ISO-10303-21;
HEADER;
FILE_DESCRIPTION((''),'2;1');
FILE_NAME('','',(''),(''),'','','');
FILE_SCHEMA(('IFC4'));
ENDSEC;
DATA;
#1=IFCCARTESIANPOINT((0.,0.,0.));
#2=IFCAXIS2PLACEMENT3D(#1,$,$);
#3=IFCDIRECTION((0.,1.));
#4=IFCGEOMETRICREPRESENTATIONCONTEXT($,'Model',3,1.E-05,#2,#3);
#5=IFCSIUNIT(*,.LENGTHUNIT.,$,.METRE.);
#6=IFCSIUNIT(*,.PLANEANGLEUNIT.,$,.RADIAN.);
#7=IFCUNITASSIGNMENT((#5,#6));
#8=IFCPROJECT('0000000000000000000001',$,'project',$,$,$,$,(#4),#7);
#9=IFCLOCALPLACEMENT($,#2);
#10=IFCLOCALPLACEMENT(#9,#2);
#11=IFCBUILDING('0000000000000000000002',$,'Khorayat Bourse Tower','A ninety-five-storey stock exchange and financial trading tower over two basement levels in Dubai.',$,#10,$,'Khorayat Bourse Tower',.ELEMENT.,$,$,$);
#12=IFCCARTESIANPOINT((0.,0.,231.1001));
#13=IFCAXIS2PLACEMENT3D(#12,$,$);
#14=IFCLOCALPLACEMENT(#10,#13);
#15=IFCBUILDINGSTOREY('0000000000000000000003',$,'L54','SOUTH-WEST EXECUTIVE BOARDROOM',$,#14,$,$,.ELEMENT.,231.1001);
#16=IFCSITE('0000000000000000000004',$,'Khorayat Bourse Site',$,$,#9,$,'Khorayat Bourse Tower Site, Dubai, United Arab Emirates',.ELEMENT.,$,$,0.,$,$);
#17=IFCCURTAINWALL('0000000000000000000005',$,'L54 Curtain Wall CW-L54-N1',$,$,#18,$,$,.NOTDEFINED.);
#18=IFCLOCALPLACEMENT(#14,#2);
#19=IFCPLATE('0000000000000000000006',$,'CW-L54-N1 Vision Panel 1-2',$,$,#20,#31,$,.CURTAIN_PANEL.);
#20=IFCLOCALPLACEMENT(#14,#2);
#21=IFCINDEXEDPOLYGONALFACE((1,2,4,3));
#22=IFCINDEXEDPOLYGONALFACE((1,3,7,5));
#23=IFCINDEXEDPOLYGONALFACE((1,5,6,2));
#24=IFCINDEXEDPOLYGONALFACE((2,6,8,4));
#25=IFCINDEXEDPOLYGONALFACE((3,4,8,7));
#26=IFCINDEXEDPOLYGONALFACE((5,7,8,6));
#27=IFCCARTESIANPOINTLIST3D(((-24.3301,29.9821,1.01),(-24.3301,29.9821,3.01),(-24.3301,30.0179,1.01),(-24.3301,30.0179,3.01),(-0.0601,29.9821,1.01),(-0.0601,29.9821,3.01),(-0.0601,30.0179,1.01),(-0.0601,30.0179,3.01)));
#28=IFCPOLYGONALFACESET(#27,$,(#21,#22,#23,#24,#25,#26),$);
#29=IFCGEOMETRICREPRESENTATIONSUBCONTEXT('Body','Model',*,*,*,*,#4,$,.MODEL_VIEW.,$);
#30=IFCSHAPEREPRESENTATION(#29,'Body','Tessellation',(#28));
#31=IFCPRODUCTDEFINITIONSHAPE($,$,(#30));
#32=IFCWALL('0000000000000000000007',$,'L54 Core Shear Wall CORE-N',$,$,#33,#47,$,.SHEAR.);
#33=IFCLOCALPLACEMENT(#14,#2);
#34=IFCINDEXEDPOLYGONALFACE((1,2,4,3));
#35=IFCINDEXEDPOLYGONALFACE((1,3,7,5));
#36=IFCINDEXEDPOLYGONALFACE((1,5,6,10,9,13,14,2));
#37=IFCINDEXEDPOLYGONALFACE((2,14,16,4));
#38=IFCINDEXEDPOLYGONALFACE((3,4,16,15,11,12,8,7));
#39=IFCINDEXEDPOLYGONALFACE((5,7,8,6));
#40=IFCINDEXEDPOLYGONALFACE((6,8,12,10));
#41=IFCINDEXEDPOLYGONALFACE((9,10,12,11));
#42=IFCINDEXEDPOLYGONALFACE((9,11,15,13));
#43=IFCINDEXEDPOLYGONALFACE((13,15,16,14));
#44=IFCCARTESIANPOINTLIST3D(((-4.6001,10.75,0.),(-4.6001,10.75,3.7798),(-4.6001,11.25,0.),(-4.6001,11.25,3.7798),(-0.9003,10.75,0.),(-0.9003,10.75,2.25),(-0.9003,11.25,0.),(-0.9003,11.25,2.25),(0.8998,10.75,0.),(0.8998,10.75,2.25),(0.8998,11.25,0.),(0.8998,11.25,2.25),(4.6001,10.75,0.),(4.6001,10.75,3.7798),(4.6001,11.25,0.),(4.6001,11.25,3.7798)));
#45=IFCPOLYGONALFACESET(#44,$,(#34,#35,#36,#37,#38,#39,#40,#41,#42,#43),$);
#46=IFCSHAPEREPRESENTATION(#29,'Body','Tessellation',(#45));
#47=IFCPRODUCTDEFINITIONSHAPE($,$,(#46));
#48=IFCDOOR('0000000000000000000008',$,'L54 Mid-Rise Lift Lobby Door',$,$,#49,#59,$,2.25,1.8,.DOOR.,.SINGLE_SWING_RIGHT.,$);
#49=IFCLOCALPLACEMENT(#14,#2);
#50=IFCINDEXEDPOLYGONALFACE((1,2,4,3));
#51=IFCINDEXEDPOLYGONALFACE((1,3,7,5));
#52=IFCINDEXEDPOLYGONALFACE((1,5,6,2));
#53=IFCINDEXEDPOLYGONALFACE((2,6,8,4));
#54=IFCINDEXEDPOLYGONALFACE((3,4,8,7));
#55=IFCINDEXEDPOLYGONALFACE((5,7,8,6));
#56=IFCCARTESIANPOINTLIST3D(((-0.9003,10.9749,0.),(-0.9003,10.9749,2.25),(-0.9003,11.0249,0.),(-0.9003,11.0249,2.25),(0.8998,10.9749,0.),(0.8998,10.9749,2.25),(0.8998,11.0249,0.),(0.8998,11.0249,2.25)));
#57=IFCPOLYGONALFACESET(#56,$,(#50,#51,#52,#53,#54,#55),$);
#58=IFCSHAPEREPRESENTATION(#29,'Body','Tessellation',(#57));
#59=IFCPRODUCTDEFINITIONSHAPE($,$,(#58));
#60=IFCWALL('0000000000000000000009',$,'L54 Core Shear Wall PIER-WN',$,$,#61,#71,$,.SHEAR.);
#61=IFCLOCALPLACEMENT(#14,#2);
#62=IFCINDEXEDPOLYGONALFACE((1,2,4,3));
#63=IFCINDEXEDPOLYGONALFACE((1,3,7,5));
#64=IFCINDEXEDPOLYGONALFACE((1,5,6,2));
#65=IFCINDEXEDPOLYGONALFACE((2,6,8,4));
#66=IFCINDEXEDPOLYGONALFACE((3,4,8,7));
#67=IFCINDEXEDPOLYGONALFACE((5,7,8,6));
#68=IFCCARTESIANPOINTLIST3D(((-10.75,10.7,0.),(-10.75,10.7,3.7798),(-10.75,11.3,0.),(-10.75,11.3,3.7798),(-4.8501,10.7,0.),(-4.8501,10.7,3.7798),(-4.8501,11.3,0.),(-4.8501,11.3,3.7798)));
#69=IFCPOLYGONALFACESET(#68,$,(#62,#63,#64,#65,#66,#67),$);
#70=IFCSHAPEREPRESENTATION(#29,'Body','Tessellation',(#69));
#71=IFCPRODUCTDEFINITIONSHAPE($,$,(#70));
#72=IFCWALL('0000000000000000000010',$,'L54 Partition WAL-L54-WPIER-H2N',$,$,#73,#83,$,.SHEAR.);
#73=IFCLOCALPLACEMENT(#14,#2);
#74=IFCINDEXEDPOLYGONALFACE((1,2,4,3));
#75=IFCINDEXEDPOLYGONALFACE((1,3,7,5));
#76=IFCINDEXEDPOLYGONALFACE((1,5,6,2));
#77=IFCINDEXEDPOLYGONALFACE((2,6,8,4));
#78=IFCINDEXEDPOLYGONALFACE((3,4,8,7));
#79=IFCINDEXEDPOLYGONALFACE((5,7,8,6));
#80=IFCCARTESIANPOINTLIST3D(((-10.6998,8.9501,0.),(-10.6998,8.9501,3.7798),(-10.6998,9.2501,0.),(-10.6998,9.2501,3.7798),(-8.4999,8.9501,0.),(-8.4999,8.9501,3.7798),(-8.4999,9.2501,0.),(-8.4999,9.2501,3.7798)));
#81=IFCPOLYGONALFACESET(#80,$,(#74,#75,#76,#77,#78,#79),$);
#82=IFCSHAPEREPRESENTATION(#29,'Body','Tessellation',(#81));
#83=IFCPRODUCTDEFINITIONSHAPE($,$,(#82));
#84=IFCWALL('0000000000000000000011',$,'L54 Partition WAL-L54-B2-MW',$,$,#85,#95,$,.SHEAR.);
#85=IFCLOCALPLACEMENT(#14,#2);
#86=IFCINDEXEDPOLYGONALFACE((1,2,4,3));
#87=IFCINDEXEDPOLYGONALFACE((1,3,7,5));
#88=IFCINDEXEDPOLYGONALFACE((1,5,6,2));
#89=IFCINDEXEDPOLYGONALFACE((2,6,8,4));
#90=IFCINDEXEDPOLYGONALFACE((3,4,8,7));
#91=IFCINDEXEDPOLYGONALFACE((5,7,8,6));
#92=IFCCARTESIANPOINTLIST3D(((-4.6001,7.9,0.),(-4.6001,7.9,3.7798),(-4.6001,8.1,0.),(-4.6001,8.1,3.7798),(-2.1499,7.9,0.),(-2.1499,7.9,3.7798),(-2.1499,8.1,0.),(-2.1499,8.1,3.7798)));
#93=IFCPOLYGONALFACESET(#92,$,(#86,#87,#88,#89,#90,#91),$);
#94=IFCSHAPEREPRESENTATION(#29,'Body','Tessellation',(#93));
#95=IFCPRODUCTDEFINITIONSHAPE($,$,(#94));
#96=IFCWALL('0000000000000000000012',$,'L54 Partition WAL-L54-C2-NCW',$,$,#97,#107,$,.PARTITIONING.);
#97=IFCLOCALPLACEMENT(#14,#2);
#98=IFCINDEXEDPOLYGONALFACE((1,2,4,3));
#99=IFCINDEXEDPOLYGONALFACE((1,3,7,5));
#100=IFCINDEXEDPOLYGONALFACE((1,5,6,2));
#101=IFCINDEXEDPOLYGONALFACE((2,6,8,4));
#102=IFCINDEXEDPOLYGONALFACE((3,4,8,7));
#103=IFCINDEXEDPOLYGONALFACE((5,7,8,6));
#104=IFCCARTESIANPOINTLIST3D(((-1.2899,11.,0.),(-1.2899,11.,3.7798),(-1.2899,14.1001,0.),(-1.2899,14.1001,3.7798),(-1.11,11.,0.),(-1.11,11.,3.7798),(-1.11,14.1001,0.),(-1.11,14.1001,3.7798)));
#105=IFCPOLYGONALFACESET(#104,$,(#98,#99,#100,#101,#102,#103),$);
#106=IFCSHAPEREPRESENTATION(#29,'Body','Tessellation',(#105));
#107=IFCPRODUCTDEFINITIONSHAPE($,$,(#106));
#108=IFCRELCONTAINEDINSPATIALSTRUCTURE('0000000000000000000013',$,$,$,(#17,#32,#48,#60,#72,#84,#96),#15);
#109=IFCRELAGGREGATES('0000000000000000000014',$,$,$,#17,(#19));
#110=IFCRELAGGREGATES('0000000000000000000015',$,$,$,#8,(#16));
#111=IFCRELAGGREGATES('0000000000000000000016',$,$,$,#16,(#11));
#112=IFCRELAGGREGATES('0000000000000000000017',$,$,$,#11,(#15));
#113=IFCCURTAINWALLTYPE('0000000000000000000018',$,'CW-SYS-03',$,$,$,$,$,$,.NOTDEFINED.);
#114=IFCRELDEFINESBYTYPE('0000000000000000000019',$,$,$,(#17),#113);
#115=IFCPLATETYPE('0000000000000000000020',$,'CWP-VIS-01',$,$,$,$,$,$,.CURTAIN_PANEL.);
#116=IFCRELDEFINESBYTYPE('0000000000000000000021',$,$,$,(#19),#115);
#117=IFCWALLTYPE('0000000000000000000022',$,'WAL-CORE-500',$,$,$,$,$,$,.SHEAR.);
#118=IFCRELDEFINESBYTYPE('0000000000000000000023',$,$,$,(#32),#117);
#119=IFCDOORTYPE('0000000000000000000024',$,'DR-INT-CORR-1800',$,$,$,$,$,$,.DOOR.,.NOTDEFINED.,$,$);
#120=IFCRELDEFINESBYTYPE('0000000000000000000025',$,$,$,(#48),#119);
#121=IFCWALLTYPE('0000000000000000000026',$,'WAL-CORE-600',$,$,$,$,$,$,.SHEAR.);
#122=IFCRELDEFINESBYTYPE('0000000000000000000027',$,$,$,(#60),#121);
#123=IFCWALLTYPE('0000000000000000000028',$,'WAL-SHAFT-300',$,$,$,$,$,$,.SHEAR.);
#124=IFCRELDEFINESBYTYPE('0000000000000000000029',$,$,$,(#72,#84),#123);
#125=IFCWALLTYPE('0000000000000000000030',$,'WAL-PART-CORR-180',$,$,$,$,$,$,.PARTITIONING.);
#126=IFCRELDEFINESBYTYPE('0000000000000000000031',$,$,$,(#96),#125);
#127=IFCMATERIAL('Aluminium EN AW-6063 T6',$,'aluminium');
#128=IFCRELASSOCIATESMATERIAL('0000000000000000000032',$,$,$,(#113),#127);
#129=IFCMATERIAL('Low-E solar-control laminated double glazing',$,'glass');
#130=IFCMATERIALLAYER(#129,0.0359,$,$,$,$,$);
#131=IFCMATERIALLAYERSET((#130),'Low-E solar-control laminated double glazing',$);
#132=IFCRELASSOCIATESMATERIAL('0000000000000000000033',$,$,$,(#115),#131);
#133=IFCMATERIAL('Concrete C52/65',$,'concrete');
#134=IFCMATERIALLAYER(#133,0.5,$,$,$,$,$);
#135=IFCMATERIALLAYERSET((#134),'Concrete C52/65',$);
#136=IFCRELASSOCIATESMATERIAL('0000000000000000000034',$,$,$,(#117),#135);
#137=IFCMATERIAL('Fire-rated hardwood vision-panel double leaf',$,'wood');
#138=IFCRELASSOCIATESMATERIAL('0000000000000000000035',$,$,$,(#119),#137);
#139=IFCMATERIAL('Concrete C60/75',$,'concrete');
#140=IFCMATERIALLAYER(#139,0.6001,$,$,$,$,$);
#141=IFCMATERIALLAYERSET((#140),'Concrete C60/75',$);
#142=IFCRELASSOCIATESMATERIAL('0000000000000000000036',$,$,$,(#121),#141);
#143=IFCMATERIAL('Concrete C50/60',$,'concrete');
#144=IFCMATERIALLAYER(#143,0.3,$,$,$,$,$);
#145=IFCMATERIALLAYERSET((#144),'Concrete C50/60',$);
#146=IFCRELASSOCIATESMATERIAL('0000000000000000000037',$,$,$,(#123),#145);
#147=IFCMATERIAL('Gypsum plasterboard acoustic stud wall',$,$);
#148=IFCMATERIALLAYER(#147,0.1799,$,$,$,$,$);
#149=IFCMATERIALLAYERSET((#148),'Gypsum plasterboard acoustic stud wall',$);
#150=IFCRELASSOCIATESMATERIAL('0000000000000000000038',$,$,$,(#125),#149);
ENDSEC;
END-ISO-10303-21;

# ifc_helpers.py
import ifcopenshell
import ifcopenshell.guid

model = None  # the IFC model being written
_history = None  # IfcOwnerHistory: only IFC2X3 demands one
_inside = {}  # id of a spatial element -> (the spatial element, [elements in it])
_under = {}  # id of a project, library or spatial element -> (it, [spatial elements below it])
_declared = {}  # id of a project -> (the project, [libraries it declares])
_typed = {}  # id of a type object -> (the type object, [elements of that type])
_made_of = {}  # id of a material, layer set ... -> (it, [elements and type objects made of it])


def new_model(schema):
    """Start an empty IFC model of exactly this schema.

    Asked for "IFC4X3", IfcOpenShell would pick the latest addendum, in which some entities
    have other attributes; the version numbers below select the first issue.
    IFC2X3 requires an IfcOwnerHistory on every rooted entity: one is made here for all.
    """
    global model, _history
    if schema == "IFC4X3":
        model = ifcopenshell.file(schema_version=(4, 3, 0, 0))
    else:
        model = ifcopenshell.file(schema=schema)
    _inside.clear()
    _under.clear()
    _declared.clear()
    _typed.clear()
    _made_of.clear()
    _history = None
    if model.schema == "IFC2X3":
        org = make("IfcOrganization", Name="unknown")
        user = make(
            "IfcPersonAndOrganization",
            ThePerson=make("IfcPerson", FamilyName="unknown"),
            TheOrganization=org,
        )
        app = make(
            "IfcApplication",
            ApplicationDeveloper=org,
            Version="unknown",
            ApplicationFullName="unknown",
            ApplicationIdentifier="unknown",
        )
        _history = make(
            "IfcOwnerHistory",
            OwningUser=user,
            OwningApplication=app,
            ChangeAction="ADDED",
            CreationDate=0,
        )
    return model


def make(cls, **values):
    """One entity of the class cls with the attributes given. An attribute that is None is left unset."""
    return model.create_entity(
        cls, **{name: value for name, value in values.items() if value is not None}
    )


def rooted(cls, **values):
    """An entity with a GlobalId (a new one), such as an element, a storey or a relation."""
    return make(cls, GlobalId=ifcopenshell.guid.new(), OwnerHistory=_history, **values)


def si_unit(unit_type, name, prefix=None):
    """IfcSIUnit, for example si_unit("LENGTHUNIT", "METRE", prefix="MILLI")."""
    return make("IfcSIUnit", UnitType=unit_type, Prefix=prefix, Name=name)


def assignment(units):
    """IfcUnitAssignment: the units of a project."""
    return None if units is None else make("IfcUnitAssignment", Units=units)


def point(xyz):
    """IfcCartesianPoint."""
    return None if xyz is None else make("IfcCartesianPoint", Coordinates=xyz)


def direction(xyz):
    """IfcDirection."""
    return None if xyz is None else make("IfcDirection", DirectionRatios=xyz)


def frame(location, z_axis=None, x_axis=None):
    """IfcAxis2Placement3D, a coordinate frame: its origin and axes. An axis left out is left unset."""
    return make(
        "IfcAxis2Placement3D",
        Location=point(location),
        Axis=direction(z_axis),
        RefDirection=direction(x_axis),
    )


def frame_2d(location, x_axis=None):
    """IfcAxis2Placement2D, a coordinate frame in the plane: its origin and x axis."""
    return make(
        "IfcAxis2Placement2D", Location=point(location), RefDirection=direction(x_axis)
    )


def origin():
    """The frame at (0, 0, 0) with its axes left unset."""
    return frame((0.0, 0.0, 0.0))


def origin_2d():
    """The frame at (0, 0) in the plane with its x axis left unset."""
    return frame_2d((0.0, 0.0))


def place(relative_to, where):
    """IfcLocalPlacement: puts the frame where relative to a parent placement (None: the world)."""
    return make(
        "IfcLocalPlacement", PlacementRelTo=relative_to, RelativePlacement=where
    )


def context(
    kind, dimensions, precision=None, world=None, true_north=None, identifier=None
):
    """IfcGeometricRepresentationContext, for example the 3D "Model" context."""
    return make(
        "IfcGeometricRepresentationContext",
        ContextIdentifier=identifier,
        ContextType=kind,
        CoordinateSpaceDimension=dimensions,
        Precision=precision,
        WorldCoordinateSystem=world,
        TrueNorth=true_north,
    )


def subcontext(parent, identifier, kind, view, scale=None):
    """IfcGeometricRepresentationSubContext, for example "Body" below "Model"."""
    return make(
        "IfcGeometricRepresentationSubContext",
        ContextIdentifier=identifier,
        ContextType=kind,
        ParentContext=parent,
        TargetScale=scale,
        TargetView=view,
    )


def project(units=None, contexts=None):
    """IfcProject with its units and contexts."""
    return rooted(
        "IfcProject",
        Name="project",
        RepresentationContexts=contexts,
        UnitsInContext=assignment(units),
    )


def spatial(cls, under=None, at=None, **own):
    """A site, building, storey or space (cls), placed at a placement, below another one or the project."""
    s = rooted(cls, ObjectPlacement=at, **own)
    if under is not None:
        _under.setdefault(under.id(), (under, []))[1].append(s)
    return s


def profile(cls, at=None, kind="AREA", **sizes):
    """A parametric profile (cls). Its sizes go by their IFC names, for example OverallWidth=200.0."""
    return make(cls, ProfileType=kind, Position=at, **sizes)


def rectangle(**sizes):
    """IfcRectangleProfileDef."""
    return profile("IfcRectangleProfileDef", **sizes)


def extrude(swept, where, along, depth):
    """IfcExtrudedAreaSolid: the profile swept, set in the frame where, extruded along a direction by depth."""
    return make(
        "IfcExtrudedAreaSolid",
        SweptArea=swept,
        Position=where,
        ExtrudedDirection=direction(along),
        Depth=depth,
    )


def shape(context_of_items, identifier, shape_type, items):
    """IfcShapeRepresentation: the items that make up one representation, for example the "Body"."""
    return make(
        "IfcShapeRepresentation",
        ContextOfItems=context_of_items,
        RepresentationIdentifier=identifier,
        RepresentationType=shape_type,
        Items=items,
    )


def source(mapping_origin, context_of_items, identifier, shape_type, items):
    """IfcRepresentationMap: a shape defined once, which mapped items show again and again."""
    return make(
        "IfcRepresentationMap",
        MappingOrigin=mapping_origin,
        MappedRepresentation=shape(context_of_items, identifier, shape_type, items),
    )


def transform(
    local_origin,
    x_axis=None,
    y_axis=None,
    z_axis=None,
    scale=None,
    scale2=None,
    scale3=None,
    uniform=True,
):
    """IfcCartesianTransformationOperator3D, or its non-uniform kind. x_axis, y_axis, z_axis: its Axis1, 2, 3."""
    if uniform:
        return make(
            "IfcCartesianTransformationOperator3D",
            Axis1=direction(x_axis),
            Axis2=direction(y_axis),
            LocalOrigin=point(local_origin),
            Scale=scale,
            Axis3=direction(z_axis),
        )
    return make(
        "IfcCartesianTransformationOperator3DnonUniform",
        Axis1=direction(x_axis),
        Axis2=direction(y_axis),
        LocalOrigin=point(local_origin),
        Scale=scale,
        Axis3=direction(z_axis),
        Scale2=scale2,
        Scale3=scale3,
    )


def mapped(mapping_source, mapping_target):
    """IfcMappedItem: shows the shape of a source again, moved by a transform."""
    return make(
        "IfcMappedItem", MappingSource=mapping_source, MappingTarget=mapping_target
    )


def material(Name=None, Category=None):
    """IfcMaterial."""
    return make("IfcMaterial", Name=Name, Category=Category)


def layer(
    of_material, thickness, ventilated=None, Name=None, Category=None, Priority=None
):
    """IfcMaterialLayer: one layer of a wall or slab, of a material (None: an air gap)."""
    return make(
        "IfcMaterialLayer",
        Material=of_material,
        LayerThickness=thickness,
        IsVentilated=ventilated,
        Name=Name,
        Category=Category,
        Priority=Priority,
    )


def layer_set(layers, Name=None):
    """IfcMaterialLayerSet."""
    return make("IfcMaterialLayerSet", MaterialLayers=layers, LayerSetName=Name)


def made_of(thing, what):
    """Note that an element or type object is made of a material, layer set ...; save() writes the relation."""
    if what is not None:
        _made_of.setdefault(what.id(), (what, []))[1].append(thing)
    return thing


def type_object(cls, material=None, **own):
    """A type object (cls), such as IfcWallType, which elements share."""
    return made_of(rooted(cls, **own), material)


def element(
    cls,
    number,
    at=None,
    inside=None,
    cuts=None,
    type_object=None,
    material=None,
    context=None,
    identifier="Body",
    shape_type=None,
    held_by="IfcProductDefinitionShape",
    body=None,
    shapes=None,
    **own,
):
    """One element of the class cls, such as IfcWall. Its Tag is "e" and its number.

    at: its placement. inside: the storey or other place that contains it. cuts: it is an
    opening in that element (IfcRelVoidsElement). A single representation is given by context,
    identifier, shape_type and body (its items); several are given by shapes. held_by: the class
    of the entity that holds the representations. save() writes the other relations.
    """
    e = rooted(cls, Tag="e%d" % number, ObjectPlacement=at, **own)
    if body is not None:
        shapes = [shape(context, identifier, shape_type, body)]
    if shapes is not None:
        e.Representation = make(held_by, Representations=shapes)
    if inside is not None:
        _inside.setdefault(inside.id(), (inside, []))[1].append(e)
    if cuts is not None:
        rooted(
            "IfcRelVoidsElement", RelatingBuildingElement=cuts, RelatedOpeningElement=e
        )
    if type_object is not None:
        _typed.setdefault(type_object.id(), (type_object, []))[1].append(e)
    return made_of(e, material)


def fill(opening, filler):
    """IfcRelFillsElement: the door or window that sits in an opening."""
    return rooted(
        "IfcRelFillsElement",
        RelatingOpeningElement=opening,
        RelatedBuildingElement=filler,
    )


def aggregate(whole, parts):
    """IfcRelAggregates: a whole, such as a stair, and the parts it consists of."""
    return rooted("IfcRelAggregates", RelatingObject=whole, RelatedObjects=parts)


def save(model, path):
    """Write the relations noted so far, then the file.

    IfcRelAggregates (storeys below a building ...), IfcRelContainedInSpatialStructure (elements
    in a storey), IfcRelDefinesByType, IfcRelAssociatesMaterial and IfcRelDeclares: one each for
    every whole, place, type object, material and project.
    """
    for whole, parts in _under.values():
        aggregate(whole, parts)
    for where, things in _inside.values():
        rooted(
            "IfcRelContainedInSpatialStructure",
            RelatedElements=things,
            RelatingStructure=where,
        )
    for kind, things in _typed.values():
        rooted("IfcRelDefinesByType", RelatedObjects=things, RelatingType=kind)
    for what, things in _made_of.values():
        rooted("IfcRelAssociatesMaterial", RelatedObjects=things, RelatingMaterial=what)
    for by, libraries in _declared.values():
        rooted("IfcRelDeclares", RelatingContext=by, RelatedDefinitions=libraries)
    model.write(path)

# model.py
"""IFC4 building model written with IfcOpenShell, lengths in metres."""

from ifc_helpers import new_model, si_unit, direction, frame, frame_2d, origin, origin_2d, place, context, subcontext, project, spatial, rectangle, extrude, source, transform, mapped, material, layer, layer_set, type_object, element, fill, aggregate, save


model = new_model("IFC4")

# Units and contexts
model_context = context("Model", 3, precision=1e-05, world=origin(), true_north=direction((0.0, 1.0)))
body_context = subcontext(model_context, "Body", "Model", "MODEL_VIEW")
ifc_project = project(units=[si_unit("LENGTHUNIT", "METRE"), si_unit("PLANEANGLEUNIT", "RADIAN")], contexts=[model_context])

# Site, building, storey
site_placement = place(None, origin())
site = spatial("IfcSite", under=ifc_project, at=site_placement, Name="Khorayat Bourse Site", LongName="Khorayat Bourse Tower Site, Dubai, United Arab Emirates", CompositionType="ELEMENT", RefElevation=0.0)
building_placement = place(site_placement, origin())
building = spatial("IfcBuilding", under=site, at=building_placement, Name="Khorayat Bourse Tower", Description="A ninety-five-storey stock exchange and financial trading tower over two basement levels in Dubai.", LongName="Khorayat Bourse Tower", CompositionType="ELEMENT")
storey_placement = place(building_placement, frame((0.0, 0.0, 231.1001)))
storey = spatial("IfcBuildingStorey", under=building, at=storey_placement, Name="L54", Description="SOUTH-WEST EXECUTIVE BOARDROOM", CompositionType="ELEMENT", Elevation=231.1001)

# Shared definitions
ifc_material_1 = material(Name="Concrete C60/75", Category="concrete")

# Curtain wall, plate
ifc_material_2 = material(Name="Aluminium EN AW-6063 T6", Category="aluminium")
curtain_wall_type = type_object("IfcCurtainWallType", Name="CW-SYS-03", PredefinedType="NOTDEFINED", material=ifc_material_2)
curtain_wall_placement = place(storey_placement, origin())
curtain_wall = element("IfcCurtainWall", 1, at=curtain_wall_placement, inside=storey, type_object=curtain_wall_type, Name="L54 Curtain Wall CW-L54-N1", PredefinedType="NOTDEFINED")
ifc_material_3 = material(Name="Low-E solar-control laminated double glazing", Category="glass")
ifc_layer_1 = layer(ifc_material_3, 0.0359)
ifc_layer_set_1 = layer_set([ifc_layer_1], Name="Low-E solar-control laminated double glazing")
plate_type_1 = type_object("IfcPlateType", Name="CWP-VIS-01", PredefinedType="CURTAIN_PANEL", material=ifc_layer_set_1)
shared_shape_1 = source(origin(), body_context, "Body", "SweptSolid", [
    extrude(rectangle(XDim=24.27, YDim=0.0359, at=origin_2d()), origin(), (0.0, 0.0, 1.0), 2.0),
])
plate_1_placement = place(storey_placement, frame((-12.1951, 30.0, 1.01), z_axis=(0.0, 0.0, 1.0), x_axis=(1.0, 0.0, 0.0)))
plate_1 = element("IfcPlate", 2, at=plate_1_placement, type_object=plate_type_1, Name="CW-L54-N1 Vision Panel 1-2", PredefinedType="CURTAIN_PANEL", context=body_context, shape_type="MappedRepresentation", body=[
    mapped(shared_shape_1, transform((0.0, 0.0, 0.0), scale=1.0)),
])
aggregate(curtain_wall, [plate_1])

# Wall, opening, door
ifc_material_4 = material(Name="Concrete C52/65", Category="concrete")
ifc_layer_2 = layer(ifc_material_4, 0.5)
ifc_layer_set_2 = layer_set([ifc_layer_2], Name="Concrete C52/65")
wall_type_1 = type_object("IfcWallType", Name="WAL-CORE-500", PredefinedType="SHEAR", material=ifc_layer_set_2)
shared_shape_2 = source(origin(), body_context, "Body", "SweptSolid", [
    extrude(rectangle(XDim=9.2002, YDim=0.5, at=frame_2d((4.6001, 0.0))), origin(), (0.0, 0.0, 1.0), 3.7798),
])
wall_1_placement = place(storey_placement, frame((-4.6001, 11.0, 0.0), z_axis=(0.0, 0.0, 1.0), x_axis=(1.0, 0.0, 0.0)))
wall_1 = element("IfcWall", 3, at=wall_1_placement, inside=storey, type_object=wall_type_1, Name="L54 Core Shear Wall CORE-N", PredefinedType="SHEAR", context=body_context, shape_type="MappedRepresentation", body=[
    mapped(shared_shape_2, transform((0.0, 0.0, 0.0), scale=1.0)),
])
shared_shape_3 = source(origin(), body_context, "Body", "SweptSolid", [
    extrude(rectangle(XDim=1.8, YDim=2.25, at=frame_2d((0.8999, 1.125))), frame((0.0, 0.26, 0.0), z_axis=(0.0, -1.0, 0.0), x_axis=(1.0, 0.0, 0.0)), (0.0, 0.0, 1.0), 0.52),
])
opening_placement = place(wall_1_placement, frame((3.7, 0.0, 0.0)))
opening = element("IfcOpeningElement", 4, at=opening_placement, cuts=wall_1, PredefinedType="OPENING", context=body_context, shape_type="MappedRepresentation", body=[
    mapped(shared_shape_3, transform((0.0, 0.0, 0.0), scale=1.0)),
])
ifc_material_5 = material(Name="Fire-rated hardwood vision-panel double leaf", Category="wood")
door_type = type_object("IfcDoorType", Name="DR-INT-CORR-1800", OperationType="NOTDEFINED", PredefinedType="DOOR", material=ifc_material_5)
shared_shape_4 = source(origin(), body_context, "Body", "SweptSolid", [
    extrude(rectangle(XDim=1.8, YDim=2.25, at=frame_2d((0.8999, 1.125))), frame((0.0, 0.0249, 0.0), z_axis=(0.0, -1.0, 0.0), x_axis=(1.0, 0.0, 0.0)), (0.0, 0.0, 1.0), 0.05),
])
door_placement = place(opening_placement, origin())
door = element("IfcDoor", 5, at=door_placement, inside=storey, type_object=door_type, Name="L54 Mid-Rise Lift Lobby Door", OperationType="SINGLE_SWING_RIGHT", OverallHeight=2.25, OverallWidth=1.8, PredefinedType="DOOR", context=body_context, shape_type="MappedRepresentation", body=[
    mapped(shared_shape_4, transform((0.0, 0.0, 0.0), scale=1.0)),
])
fill(opening, door)

# Walls
ifc_layer_3 = layer(ifc_material_1, 0.6001)
ifc_layer_set_3 = layer_set([ifc_layer_3], Name="Concrete C60/75")
wall_type_2 = type_object("IfcWallType", Name="WAL-CORE-600", PredefinedType="SHEAR", material=ifc_layer_set_3)
shared_shape_5 = source(origin(), body_context, "Body", "SweptSolid", [
    extrude(rectangle(XDim=5.8999, YDim=0.6001, at=frame_2d((2.95, 0.0))), origin(), (0.0, 0.0, 1.0), 3.7798),
])
wall_2_placement = place(storey_placement, frame((-10.75, 11.0, 0.0), z_axis=(0.0, 0.0, 1.0), x_axis=(1.0, 0.0, 0.0)))
element("IfcWall", 6, at=wall_2_placement, inside=storey, type_object=wall_type_2, Name="L54 Core Shear Wall PIER-WN", PredefinedType="SHEAR", context=body_context, shape_type="MappedRepresentation", body=[
    mapped(shared_shape_5, transform((0.0, 0.0, 0.0), scale=1.0)),
])
ifc_material_6 = material(Name="Concrete C50/60", Category="concrete")
ifc_layer_4 = layer(ifc_material_6, 0.3)
ifc_layer_set_4 = layer_set([ifc_layer_4], Name="Concrete C50/60")
wall_type_3 = type_object("IfcWallType", Name="WAL-SHAFT-300", PredefinedType="SHEAR", material=ifc_layer_set_4)
shared_shape_6 = source(origin(), body_context, "Body", "SweptSolid", [
    extrude(rectangle(XDim=2.2, YDim=0.3, at=frame_2d((1.1001, 0.0))), origin(), (0.0, 0.0, 1.0), 3.7798),
])
wall_3_placement = place(storey_placement, frame((-10.7, 9.1001, 0.0), z_axis=(0.0, 0.0, 1.0), x_axis=(1.0, 0.0, 0.0)))
element("IfcWall", 7, at=wall_3_placement, inside=storey, type_object=wall_type_3, Name="L54 Partition WAL-L54-WPIER-H2N", PredefinedType="SHEAR", context=body_context, shape_type="MappedRepresentation", body=[
    mapped(shared_shape_6, transform((0.0, 0.0, 0.0), scale=1.0)),
])
shared_shape_7 = source(origin(), body_context, "Body", "SweptSolid", [
    extrude(rectangle(XDim=2.4502, YDim=0.2, at=frame_2d((1.2251, 0.0))), origin(), (0.0, 0.0, 1.0), 3.7798),
])
wall_4_placement = place(storey_placement, frame((-4.6001, 8.0, 0.0), z_axis=(0.0, 0.0, 1.0), x_axis=(1.0, 0.0, 0.0)))
element("IfcWall", 8, at=wall_4_placement, inside=storey, type_object=wall_type_3, Name="L54 Partition WAL-L54-B2-MW", PredefinedType="SHEAR", context=body_context, shape_type="MappedRepresentation", body=[
    mapped(shared_shape_7, transform((0.0, 0.0, 0.0), scale=1.0)),
])
ifc_material_7 = material(Name="Gypsum plasterboard acoustic stud wall")
ifc_layer_5 = layer(ifc_material_7, 0.1799)
ifc_layer_set_5 = layer_set([ifc_layer_5], Name="Gypsum plasterboard acoustic stud wall")
wall_type_4 = type_object("IfcWallType", Name="WAL-PART-CORR-180", PredefinedType="PARTITIONING", material=ifc_layer_set_5)
shared_shape_8 = source(origin(), body_context, "Body", "SweptSolid", [
    extrude(rectangle(XDim=3.1001, YDim=0.1799, at=frame_2d((1.55, 0.0))), origin(), (0.0, 0.0, 1.0), 3.7798),
])
wall_5_placement = place(storey_placement, frame((-1.2, 11.0, 0.0), z_axis=(0.0, 0.0, 1.0), x_axis=(0.0, 1.0, 0.0)))
element("IfcWall", 9, at=wall_5_placement, inside=storey, type_object=wall_type_4, Name="L54 Partition WAL-L54-C2-NCW", PredefinedType="PARTITIONING", context=body_context, shape_type="MappedRepresentation", body=[
    mapped(shared_shape_8, transform((0.0, 0.0, 0.0), scale=1.0)),
])

save(model, "model.ifc")
